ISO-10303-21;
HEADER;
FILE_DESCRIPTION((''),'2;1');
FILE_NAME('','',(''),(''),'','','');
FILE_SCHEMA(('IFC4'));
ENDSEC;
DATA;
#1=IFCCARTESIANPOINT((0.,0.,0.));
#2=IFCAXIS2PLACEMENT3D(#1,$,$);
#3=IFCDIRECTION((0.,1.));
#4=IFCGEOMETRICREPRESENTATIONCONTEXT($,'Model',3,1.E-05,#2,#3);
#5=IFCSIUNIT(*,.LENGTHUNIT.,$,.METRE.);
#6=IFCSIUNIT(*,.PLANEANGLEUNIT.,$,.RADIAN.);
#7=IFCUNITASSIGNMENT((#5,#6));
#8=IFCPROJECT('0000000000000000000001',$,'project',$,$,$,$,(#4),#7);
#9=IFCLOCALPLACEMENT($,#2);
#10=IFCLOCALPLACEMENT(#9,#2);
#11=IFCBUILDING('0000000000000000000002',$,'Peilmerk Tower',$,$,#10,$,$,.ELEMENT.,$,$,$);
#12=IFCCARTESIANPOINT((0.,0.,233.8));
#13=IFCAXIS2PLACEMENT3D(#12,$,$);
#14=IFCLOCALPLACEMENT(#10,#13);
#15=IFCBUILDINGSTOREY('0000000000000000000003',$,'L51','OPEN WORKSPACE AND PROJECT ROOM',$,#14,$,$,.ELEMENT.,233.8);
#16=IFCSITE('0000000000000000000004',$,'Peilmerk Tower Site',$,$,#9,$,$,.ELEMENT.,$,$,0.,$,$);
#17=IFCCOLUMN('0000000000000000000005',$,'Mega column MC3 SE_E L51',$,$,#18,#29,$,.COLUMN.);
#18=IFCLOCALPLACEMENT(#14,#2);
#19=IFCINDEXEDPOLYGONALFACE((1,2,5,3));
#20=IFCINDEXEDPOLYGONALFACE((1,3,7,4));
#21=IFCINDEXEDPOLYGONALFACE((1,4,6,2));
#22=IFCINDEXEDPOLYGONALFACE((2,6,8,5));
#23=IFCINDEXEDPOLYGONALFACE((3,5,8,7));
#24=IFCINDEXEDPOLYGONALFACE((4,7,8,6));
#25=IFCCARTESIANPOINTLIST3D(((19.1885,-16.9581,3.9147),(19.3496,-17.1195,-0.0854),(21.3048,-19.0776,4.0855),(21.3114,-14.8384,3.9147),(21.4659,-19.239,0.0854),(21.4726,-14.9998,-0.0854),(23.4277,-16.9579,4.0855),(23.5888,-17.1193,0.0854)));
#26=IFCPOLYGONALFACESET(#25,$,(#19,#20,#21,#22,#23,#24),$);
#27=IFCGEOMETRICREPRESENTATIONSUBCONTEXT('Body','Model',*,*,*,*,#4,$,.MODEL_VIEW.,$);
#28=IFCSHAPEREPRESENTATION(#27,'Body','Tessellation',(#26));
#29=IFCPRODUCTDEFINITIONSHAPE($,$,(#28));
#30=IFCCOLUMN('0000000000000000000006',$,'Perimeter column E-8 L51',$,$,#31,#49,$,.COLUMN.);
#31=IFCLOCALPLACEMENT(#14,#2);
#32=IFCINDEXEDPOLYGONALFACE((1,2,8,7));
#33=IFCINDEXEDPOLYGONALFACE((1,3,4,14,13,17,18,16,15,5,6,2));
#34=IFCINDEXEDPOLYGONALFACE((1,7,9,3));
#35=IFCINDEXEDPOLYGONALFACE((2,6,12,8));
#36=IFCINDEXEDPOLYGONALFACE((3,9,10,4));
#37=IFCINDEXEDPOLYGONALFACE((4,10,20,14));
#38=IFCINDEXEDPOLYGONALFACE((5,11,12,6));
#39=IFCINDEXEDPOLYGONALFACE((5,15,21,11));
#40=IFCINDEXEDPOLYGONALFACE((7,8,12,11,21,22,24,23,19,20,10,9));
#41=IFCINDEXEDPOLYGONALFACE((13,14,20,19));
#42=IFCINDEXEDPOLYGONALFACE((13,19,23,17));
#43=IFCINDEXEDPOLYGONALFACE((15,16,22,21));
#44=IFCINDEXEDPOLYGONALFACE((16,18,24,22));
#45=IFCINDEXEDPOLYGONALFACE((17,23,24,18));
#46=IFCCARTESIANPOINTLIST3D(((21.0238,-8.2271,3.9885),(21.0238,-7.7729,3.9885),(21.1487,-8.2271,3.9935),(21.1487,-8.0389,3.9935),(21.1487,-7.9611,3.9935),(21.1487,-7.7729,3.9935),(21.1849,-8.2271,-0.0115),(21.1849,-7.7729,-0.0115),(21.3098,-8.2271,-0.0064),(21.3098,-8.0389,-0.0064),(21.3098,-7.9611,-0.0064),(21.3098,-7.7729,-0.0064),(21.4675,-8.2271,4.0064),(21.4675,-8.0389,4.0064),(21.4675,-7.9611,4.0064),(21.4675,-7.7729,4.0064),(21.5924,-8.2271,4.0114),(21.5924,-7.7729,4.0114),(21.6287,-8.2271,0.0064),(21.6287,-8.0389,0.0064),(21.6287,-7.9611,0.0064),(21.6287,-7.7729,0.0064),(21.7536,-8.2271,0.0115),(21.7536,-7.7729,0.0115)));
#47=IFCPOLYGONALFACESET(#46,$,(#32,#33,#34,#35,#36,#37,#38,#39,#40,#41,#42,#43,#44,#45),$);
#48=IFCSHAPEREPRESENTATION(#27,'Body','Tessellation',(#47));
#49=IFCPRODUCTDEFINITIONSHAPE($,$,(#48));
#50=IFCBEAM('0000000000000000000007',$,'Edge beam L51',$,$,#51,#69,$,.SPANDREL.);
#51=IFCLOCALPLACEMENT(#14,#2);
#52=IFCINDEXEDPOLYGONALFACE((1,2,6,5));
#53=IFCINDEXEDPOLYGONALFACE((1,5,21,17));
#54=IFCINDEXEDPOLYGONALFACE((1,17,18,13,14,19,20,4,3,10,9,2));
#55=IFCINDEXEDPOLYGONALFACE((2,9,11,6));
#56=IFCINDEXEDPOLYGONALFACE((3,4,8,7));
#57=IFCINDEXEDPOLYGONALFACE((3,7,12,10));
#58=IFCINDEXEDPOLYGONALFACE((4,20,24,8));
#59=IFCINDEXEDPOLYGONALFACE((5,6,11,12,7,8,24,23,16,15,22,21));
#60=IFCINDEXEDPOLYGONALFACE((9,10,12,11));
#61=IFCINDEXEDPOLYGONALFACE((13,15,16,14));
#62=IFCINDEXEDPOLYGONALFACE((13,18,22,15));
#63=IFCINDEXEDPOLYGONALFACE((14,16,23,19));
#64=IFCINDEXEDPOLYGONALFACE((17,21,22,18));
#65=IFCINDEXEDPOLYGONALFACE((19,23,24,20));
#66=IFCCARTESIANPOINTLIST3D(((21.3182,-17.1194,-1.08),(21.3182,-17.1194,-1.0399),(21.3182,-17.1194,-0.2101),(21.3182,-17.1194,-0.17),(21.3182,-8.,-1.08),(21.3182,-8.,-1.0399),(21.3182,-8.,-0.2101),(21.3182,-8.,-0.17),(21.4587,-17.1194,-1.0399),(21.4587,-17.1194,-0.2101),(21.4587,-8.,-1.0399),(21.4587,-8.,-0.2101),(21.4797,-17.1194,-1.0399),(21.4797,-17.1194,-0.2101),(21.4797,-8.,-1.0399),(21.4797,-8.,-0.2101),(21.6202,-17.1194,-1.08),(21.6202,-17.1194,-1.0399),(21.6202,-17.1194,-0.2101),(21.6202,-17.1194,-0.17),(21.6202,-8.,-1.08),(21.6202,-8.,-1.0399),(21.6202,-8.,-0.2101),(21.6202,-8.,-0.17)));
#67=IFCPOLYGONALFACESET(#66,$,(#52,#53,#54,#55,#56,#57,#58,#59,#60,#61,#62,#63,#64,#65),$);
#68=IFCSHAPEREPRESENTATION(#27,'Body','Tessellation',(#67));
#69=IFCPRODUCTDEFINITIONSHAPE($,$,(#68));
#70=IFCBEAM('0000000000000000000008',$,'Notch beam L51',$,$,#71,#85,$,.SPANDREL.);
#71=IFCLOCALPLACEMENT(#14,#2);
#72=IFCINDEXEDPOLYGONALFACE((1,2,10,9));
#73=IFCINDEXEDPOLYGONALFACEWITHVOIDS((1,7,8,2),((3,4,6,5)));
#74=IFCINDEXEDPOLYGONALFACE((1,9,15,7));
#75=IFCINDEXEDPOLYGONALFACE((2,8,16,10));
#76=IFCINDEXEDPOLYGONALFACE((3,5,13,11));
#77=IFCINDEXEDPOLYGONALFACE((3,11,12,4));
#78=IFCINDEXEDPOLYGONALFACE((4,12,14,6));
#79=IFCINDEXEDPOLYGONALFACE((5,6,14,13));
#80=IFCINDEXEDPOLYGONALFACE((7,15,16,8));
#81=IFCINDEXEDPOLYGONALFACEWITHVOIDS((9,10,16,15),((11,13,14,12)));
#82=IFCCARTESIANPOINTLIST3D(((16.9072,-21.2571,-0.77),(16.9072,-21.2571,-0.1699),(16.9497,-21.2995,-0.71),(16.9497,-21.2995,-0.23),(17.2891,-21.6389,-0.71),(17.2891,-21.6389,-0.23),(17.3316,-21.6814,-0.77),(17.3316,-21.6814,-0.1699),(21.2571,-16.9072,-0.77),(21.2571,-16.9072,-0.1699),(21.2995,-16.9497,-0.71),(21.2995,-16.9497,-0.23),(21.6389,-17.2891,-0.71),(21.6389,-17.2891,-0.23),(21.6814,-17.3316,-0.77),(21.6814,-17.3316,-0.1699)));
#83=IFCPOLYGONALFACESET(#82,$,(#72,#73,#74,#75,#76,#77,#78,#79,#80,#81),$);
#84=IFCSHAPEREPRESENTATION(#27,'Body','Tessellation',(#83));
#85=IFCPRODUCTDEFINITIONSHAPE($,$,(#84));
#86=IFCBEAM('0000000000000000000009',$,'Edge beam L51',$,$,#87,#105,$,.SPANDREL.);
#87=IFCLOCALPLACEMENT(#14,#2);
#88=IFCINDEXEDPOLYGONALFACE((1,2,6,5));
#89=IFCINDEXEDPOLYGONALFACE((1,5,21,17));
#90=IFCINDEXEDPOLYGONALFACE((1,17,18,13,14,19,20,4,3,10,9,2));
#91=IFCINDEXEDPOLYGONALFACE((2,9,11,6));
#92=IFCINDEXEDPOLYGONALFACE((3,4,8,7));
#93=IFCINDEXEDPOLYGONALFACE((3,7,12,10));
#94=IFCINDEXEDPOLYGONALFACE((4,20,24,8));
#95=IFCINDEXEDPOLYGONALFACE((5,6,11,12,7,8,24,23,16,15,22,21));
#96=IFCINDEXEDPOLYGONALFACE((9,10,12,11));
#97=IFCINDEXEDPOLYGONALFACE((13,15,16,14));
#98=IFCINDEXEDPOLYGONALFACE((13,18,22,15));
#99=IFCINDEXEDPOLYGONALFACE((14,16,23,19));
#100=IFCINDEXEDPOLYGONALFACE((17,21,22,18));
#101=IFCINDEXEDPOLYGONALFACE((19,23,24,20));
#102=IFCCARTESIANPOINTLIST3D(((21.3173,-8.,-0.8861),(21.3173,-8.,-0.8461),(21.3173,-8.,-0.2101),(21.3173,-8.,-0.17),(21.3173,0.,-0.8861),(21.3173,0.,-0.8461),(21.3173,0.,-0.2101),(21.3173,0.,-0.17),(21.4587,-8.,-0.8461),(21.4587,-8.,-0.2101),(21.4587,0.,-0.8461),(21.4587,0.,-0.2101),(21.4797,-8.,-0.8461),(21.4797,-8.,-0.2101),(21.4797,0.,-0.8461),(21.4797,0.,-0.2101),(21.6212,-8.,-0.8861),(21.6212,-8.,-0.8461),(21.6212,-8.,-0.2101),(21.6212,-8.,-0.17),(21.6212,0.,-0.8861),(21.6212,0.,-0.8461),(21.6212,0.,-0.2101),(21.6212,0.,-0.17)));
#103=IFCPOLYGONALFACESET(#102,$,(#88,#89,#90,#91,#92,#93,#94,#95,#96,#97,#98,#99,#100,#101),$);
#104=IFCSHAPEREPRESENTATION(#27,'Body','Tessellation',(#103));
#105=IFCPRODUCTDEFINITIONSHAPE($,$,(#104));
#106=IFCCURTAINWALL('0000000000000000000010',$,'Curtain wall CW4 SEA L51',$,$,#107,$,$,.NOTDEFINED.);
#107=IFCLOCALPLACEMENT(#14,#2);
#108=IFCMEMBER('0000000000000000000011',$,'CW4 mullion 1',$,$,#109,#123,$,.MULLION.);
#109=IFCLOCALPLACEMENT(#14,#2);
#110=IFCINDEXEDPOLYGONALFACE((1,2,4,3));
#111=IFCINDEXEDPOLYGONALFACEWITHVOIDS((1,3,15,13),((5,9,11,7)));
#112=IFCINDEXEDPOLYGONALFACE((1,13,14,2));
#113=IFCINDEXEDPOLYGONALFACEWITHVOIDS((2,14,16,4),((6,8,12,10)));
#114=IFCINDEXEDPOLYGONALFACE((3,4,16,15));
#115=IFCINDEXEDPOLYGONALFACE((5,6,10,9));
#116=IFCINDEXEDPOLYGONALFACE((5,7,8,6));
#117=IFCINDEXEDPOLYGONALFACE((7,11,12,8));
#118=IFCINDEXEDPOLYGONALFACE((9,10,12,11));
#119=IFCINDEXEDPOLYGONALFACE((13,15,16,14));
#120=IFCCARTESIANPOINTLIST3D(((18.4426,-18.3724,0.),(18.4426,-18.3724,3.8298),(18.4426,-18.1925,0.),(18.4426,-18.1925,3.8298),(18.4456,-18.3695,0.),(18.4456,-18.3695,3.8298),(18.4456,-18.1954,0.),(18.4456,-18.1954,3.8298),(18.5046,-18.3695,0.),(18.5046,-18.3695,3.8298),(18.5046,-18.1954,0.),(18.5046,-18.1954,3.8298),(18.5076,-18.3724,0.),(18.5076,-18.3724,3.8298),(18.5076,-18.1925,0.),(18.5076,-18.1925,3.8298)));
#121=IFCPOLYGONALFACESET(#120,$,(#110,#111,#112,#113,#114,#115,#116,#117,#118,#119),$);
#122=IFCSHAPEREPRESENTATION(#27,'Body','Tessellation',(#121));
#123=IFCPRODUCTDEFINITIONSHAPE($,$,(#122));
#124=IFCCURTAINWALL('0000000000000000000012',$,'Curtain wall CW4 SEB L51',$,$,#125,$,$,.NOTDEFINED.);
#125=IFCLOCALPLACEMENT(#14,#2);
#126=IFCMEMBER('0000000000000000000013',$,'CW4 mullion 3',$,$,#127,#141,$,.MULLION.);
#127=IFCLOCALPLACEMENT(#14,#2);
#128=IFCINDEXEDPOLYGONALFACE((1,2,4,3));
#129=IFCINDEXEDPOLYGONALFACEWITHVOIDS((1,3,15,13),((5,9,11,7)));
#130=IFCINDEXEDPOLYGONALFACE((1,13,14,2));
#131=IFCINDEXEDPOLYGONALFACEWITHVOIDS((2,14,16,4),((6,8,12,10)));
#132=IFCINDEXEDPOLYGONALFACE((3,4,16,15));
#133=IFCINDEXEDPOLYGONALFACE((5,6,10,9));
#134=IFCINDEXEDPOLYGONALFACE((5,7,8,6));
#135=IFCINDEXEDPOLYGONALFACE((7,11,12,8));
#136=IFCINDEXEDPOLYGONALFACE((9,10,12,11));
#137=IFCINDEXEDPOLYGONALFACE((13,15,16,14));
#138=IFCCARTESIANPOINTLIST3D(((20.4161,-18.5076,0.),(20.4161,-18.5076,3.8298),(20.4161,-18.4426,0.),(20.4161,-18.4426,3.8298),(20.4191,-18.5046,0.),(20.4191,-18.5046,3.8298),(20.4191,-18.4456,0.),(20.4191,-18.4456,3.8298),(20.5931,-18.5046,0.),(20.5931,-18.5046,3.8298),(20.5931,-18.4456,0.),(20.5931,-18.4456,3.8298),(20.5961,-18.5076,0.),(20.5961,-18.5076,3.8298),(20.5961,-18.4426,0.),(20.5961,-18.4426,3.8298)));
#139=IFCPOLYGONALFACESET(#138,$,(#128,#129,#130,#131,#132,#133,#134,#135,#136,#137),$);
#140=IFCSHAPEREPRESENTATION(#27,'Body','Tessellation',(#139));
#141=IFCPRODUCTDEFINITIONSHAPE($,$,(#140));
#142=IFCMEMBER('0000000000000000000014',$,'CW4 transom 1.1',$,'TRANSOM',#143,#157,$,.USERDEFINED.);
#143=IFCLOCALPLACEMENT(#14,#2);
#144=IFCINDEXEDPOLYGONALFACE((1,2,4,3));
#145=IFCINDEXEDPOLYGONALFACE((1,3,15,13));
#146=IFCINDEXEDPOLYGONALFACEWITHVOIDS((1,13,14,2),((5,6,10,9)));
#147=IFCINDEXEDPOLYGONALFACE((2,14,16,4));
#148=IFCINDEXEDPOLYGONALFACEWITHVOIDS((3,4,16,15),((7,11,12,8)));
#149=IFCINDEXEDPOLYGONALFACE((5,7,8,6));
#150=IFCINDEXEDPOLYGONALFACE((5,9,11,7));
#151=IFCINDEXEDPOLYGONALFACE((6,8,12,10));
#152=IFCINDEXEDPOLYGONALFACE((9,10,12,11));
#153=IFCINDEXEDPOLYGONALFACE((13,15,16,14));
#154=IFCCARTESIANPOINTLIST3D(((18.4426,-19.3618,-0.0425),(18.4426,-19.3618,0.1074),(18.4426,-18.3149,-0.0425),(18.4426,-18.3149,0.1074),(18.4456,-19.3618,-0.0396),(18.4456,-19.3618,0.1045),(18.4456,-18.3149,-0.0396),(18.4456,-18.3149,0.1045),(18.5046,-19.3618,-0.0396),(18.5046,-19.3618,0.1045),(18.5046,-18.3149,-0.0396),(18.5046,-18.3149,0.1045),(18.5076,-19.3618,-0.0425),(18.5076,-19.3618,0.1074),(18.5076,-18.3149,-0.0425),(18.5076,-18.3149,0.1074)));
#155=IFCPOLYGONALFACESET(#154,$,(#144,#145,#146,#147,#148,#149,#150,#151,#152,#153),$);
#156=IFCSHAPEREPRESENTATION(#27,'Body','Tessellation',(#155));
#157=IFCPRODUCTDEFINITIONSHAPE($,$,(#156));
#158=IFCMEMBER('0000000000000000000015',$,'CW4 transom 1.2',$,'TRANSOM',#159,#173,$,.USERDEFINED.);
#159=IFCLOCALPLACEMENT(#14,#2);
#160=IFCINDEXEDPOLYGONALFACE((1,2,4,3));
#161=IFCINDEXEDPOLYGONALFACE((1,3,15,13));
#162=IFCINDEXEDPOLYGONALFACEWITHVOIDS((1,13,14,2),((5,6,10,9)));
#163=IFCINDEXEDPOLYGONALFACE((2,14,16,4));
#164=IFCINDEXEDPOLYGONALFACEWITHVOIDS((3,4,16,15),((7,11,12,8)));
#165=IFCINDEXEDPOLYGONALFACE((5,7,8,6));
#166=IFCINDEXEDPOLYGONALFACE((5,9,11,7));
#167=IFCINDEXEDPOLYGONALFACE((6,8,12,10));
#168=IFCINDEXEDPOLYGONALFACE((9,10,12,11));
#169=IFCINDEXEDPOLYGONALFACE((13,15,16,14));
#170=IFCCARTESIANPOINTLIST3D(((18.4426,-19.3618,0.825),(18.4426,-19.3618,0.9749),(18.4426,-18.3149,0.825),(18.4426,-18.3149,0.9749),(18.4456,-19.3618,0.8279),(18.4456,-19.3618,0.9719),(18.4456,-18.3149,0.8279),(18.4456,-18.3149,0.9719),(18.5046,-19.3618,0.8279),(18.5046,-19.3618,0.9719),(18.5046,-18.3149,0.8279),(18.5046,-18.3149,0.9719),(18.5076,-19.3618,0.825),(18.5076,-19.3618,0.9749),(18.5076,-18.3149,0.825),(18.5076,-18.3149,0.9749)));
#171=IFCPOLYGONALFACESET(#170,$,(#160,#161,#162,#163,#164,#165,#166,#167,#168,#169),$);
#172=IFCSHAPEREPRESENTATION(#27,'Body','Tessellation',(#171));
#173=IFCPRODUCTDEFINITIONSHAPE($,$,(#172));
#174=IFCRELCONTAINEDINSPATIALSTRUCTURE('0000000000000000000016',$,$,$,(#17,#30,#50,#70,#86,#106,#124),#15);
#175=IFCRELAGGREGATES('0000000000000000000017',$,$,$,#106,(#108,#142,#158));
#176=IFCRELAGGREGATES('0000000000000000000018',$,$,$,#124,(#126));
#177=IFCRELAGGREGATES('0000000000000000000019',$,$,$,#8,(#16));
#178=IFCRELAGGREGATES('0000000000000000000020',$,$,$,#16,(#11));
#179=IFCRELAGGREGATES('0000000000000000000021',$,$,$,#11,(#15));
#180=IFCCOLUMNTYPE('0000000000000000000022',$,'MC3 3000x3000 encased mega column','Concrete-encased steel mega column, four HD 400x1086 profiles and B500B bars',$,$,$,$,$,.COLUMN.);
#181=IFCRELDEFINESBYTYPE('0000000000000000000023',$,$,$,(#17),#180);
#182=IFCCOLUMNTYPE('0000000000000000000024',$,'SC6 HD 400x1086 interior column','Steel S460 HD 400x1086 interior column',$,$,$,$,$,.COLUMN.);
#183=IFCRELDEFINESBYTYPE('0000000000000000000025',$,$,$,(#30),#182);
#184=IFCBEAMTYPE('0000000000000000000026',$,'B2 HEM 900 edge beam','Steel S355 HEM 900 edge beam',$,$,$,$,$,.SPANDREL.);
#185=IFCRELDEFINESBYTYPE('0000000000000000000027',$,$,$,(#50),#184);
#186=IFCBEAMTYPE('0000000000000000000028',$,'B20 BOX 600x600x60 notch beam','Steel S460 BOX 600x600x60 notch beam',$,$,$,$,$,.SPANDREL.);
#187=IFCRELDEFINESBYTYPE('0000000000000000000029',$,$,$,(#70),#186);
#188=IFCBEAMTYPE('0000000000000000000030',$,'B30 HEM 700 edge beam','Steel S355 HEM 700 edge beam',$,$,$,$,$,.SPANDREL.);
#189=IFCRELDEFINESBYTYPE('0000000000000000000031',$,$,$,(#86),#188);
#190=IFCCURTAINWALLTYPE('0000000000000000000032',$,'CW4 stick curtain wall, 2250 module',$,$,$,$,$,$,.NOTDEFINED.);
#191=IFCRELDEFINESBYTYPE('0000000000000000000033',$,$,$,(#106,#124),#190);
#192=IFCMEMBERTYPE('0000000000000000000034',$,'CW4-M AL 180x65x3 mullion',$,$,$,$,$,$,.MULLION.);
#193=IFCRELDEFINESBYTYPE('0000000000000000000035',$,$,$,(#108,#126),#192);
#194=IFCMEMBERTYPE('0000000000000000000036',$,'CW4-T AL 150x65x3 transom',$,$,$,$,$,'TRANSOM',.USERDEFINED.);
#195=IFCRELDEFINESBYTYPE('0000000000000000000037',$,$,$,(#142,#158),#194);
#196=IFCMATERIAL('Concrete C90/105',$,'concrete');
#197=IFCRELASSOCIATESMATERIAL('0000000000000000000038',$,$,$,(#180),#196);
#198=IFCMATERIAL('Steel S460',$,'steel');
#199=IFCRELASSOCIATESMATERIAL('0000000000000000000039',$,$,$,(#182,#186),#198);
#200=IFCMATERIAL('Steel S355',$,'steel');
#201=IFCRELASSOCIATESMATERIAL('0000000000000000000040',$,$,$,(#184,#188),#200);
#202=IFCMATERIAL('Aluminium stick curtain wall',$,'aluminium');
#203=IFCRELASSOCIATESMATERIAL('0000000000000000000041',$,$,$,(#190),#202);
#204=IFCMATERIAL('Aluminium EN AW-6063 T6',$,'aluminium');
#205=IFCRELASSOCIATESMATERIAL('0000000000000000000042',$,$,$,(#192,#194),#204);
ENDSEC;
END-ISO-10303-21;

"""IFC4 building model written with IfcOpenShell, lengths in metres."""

from ifc_helpers import new_model, si_unit, direction, frame, origin, origin_2d, place, context, subcontext, project, spatial, rectangle, hollow_rectangle, i_section, extrude, material, material_profile, profile_set, type_object, element, aggregate, save


model = new_model("IFC4")

# Units and contexts
model_context = context("Model", 3, precision=1e-05, world=origin(), true_north=direction((0.0, 1.0)))
body_context = subcontext(model_context, "Body", "Model", "MODEL_VIEW")
ifc_project = project(units=[si_unit("LENGTHUNIT", "METRE"), si_unit("PLANEANGLEUNIT", "RADIAN")], contexts=[model_context])

# Site, building, storey
site_placement = place(None, origin())
site = spatial("IfcSite", under=ifc_project, at=site_placement, Name="Peilmerk Tower Site", CompositionType="ELEMENT", RefElevation=0.0)
building_placement = place(site_placement, origin())
building = spatial("IfcBuilding", under=site, at=building_placement, Name="Peilmerk Tower", CompositionType="ELEMENT")
storey_placement = place(building_placement, frame((0.0, 0.0, 233.8)))
storey = spatial("IfcBuildingStorey", under=building, at=storey_placement, Name="L51", Description="OPEN WORKSPACE AND PROJECT ROOM", CompositionType="ELEMENT", Elevation=233.8)

# Columns
ifc_material_1 = material(Name="Concrete C90/105", Category="concrete")
ifc_material_profile_1 = material_profile(ifc_material_1, rectangle(XDim=3.0, YDim=3.0, at=origin_2d()), Name="RC 3000x3000")
ifc_profile_set_1 = profile_set([ifc_material_profile_1], Name="Concrete C90/105")
column_type_1 = type_object("IfcColumnType", Name="MC3 3000x3000 encased mega column", Description="Concrete-encased steel mega column, four HD 400x1086 profiles and B500B bars", PredefinedType="COLUMN", material=ifc_profile_set_1)
column_1_placement = place(storey_placement, frame((21.4692, -17.1194, 0.0), z_axis=(-0.040218, 0.040279, 0.998379), x_axis=(-0.707642, -0.706571, 0.0)))
element("IfcColumn", 1, at=column_1_placement, inside=storey, type_object=column_type_1, Name="Mega column MC3 SE_E L51", PredefinedType="COLUMN", context=body_context, shape_type="SweptSolid", body=[
    extrude(rectangle(XDim=3.0, YDim=3.0, at=origin_2d()), origin(), (0.0, 0.0, 1.0), 4.0066),
])
ifc_material_2 = material(Name="Steel S460", Category="steel")
ifc_material_profile_2 = material_profile(ifc_material_2, i_section(OverallWidth=0.4541, OverallDepth=0.5691, WebThickness=0.0779, FlangeThickness=0.125, at=origin_2d()), Name="HD 400x1086")
ifc_profile_set_2 = profile_set([ifc_material_profile_2], Name="Steel S460")
column_type_2 = type_object("IfcColumnType", Name="SC6 HD 400x1086 interior column", Description="Steel S460 HD 400x1086 interior column", PredefinedType="COLUMN", material=ifc_profile_set_2)
column_2_placement = place(storey_placement, frame((21.4692, -8.0, 0.0), z_axis=(-0.040251, 0.0, 0.99919), x_axis=(0.0, -1.0, 0.0)))
element("IfcColumn", 2, at=column_2_placement, inside=storey, type_object=column_type_2, Name="Perimeter column E-8 L51", PredefinedType="COLUMN", context=body_context, shape_type="SweptSolid", body=[
    extrude(i_section(OverallWidth=0.4541, OverallDepth=0.5691, WebThickness=0.0779, FlangeThickness=0.125, at=origin_2d()), origin(), (0.0, 0.0, 1.0), 4.0032),
])

# Beams
ifc_material_3 = material(Name="Steel S355", Category="steel")
ifc_material_profile_3 = material_profile(ifc_material_3, i_section(OverallWidth=0.302, OverallDepth=0.9099, WebThickness=0.021, FlangeThickness=0.04, at=origin_2d()), Name="HEM 900")
ifc_profile_set_3 = profile_set([ifc_material_profile_3], Name="Steel S355")
beam_type_1 = type_object("IfcBeamType", Name="B2 HEM 900 edge beam", Description="Steel S355 HEM 900 edge beam", PredefinedType="SPANDREL", material=ifc_profile_set_3)
beam_1_placement = place(storey_placement, frame((21.4692, -17.1194, -0.625), z_axis=(0.0, 1.0, 0.0), x_axis=(-1.0, 0.0, 0.0)))
element("IfcBeam", 3, at=beam_1_placement, inside=storey, type_object=beam_type_1, Name="Edge beam L51", PredefinedType="SPANDREL", context=body_context, shape_type="SweptSolid", body=[
    extrude(i_section(OverallWidth=0.302, OverallDepth=0.9099, WebThickness=0.021, FlangeThickness=0.04, at=origin_2d()), origin(), (0.0, 0.0, 1.0), 9.1194),
])
ifc_material_profile_4 = material_profile(ifc_material_2, hollow_rectangle(XDim=0.6001, YDim=0.6001, WallThickness=0.0601, at=origin_2d()), Name="BOX 600x600x60")
ifc_profile_set_4 = profile_set([ifc_material_profile_4], Name="Steel S460")
beam_type_2 = type_object("IfcBeamType", Name="B20 BOX 600x600x60 notch beam", Description="Steel S460 BOX 600x600x60 notch beam", PredefinedType="SPANDREL", material=ifc_profile_set_4)
beam_2_placement = place(storey_placement, frame((21.4692, -17.1194, -0.47), z_axis=(-0.707107, -0.707107, 0.0), x_axis=(0.707107, -0.707107, 0.0)))
element("IfcBeam", 4, at=beam_2_placement, inside=storey, type_object=beam_type_2, Name="Notch beam L51", PredefinedType="SPANDREL", context=body_context, shape_type="SweptSolid", body=[
    extrude(hollow_rectangle(XDim=0.6001, YDim=0.6001, WallThickness=0.0601, at=origin_2d()), origin(), (0.0, 0.0, 1.0), 6.1516),
])
ifc_material_profile_5 = material_profile(ifc_material_3, i_section(OverallWidth=0.304, OverallDepth=0.7161, WebThickness=0.021, FlangeThickness=0.04, at=origin_2d()), Name="HEM 700")
ifc_profile_set_5 = profile_set([ifc_material_profile_5], Name="Steel S355")
beam_type_3 = type_object("IfcBeamType", Name="B30 HEM 700 edge beam", Description="Steel S355 HEM 700 edge beam", PredefinedType="SPANDREL", material=ifc_profile_set_5)
beam_3_placement = place(storey_placement, frame((21.4692, -8.0, -0.5281), z_axis=(0.0, 1.0, 0.0), x_axis=(-1.0, 0.0, 0.0)))
element("IfcBeam", 5, at=beam_3_placement, inside=storey, type_object=beam_type_3, Name="Edge beam L51", PredefinedType="SPANDREL", context=body_context, shape_type="SweptSolid", body=[
    extrude(i_section(OverallWidth=0.304, OverallDepth=0.7161, WebThickness=0.021, FlangeThickness=0.04, at=origin_2d()), origin(), (0.0, 0.0, 1.0), 8.0),
])

# Curtain walls, members
ifc_material_4 = material(Name="Aluminium stick curtain wall", Category="aluminium")
curtain_wall_type = type_object("IfcCurtainWallType", Name="CW4 stick curtain wall, 2250 module", PredefinedType="NOTDEFINED", material=ifc_material_4)
curtain_wall_1_placement = place(storey_placement, origin())
curtain_wall_1 = element("IfcCurtainWall", 6, at=curtain_wall_1_placement, inside=storey, type_object=curtain_wall_type, Name="Curtain wall CW4 SEA L51", PredefinedType="NOTDEFINED")
ifc_material_5 = material(Name="Aluminium EN AW-6063 T6", Category="aluminium")
ifc_material_profile_6 = material_profile(ifc_material_5, hollow_rectangle(XDim=0.0649, YDim=0.1799, WallThickness=0.0029, at=origin_2d()), Name="AL 180x65x3")
ifc_profile_set_6 = profile_set([ifc_material_profile_6], Name="Aluminium EN AW-6063 T6")
member_type_1 = type_object("IfcMemberType", Name="CW4-M AL 180x65x3 mullion", PredefinedType="MULLION", material=ifc_profile_set_6)
member_1_placement = place(storey_placement, frame((18.4751, -18.2825, 0.0), z_axis=(0.0, 0.0, 1.0), x_axis=(1.0, 0.0, 0.0)))
member_1 = element("IfcMember", 7, at=member_1_placement, type_object=member_type_1, Name="CW4 mullion 1", PredefinedType="MULLION", context=body_context, shape_type="SweptSolid", body=[
    extrude(hollow_rectangle(XDim=0.0649, YDim=0.1799, WallThickness=0.0029, at=origin_2d()), origin(), (0.0, 0.0, 1.0), 3.8298),
])
curtain_wall_2_placement = place(storey_placement, origin())
curtain_wall_2 = element("IfcCurtainWall", 8, at=curtain_wall_2_placement, inside=storey, type_object=curtain_wall_type, Name="Curtain wall CW4 SEB L51", PredefinedType="NOTDEFINED")
member_2_placement = place(storey_placement, frame((20.5061, -18.4751, 0.0), z_axis=(0.0, 0.0, 1.0), x_axis=(0.0, 1.0, 0.0)))
member_2 = element("IfcMember", 9, at=member_2_placement, type_object=member_type_1, Name="CW4 mullion 3", PredefinedType="MULLION", context=body_context, shape_type="SweptSolid", body=[
    extrude(hollow_rectangle(XDim=0.0649, YDim=0.1799, WallThickness=0.0029, at=origin_2d()), origin(), (0.0, 0.0, 1.0), 3.8298),
])

# Members
ifc_material_profile_7 = material_profile(ifc_material_5, hollow_rectangle(XDim=0.0649, YDim=0.1499, WallThickness=0.0029, at=origin_2d()), Name="AL 150x65x3")
ifc_profile_set_7 = profile_set([ifc_material_profile_7], Name="Aluminium EN AW-6063 T6")
member_type_2 = type_object("IfcMemberType", Name="CW4-T AL 150x65x3 transom", ElementType="TRANSOM", PredefinedType="USERDEFINED", material=ifc_profile_set_7)
member_3_placement = place(storey_placement, frame((18.4751, -18.3149, 0.0325), z_axis=(0.0, -1.0, 0.0), x_axis=(1.0, 0.0, 0.0)))
member_3 = element("IfcMember", 10, at=member_3_placement, type_object=member_type_2, Name="CW4 transom 1.1", ObjectType="TRANSOM", PredefinedType="USERDEFINED", context=body_context, shape_type="SweptSolid", body=[
    extrude(hollow_rectangle(XDim=0.0649, YDim=0.1499, WallThickness=0.0029, at=origin_2d()), origin(), (0.0, 0.0, 1.0), 1.0469),
])
member_4_placement = place(storey_placement, frame((18.4751, -18.3149, 0.8999), z_axis=(0.0, -1.0, 0.0), x_axis=(1.0, 0.0, 0.0)))
member_4 = element("IfcMember", 11, at=member_4_placement, type_object=member_type_2, Name="CW4 transom 1.2", ObjectType="TRANSOM", PredefinedType="USERDEFINED", context=body_context, shape_type="SweptSolid", body=[
    extrude(hollow_rectangle(XDim=0.0649, YDim=0.1499, WallThickness=0.0029, at=origin_2d()), origin(), (0.0, 0.0, 1.0), 1.0469),
])
aggregate(curtain_wall_1, [member_1, member_3, member_4])

aggregate(curtain_wall_2, [member_2])

save(model, "model.ifc")
